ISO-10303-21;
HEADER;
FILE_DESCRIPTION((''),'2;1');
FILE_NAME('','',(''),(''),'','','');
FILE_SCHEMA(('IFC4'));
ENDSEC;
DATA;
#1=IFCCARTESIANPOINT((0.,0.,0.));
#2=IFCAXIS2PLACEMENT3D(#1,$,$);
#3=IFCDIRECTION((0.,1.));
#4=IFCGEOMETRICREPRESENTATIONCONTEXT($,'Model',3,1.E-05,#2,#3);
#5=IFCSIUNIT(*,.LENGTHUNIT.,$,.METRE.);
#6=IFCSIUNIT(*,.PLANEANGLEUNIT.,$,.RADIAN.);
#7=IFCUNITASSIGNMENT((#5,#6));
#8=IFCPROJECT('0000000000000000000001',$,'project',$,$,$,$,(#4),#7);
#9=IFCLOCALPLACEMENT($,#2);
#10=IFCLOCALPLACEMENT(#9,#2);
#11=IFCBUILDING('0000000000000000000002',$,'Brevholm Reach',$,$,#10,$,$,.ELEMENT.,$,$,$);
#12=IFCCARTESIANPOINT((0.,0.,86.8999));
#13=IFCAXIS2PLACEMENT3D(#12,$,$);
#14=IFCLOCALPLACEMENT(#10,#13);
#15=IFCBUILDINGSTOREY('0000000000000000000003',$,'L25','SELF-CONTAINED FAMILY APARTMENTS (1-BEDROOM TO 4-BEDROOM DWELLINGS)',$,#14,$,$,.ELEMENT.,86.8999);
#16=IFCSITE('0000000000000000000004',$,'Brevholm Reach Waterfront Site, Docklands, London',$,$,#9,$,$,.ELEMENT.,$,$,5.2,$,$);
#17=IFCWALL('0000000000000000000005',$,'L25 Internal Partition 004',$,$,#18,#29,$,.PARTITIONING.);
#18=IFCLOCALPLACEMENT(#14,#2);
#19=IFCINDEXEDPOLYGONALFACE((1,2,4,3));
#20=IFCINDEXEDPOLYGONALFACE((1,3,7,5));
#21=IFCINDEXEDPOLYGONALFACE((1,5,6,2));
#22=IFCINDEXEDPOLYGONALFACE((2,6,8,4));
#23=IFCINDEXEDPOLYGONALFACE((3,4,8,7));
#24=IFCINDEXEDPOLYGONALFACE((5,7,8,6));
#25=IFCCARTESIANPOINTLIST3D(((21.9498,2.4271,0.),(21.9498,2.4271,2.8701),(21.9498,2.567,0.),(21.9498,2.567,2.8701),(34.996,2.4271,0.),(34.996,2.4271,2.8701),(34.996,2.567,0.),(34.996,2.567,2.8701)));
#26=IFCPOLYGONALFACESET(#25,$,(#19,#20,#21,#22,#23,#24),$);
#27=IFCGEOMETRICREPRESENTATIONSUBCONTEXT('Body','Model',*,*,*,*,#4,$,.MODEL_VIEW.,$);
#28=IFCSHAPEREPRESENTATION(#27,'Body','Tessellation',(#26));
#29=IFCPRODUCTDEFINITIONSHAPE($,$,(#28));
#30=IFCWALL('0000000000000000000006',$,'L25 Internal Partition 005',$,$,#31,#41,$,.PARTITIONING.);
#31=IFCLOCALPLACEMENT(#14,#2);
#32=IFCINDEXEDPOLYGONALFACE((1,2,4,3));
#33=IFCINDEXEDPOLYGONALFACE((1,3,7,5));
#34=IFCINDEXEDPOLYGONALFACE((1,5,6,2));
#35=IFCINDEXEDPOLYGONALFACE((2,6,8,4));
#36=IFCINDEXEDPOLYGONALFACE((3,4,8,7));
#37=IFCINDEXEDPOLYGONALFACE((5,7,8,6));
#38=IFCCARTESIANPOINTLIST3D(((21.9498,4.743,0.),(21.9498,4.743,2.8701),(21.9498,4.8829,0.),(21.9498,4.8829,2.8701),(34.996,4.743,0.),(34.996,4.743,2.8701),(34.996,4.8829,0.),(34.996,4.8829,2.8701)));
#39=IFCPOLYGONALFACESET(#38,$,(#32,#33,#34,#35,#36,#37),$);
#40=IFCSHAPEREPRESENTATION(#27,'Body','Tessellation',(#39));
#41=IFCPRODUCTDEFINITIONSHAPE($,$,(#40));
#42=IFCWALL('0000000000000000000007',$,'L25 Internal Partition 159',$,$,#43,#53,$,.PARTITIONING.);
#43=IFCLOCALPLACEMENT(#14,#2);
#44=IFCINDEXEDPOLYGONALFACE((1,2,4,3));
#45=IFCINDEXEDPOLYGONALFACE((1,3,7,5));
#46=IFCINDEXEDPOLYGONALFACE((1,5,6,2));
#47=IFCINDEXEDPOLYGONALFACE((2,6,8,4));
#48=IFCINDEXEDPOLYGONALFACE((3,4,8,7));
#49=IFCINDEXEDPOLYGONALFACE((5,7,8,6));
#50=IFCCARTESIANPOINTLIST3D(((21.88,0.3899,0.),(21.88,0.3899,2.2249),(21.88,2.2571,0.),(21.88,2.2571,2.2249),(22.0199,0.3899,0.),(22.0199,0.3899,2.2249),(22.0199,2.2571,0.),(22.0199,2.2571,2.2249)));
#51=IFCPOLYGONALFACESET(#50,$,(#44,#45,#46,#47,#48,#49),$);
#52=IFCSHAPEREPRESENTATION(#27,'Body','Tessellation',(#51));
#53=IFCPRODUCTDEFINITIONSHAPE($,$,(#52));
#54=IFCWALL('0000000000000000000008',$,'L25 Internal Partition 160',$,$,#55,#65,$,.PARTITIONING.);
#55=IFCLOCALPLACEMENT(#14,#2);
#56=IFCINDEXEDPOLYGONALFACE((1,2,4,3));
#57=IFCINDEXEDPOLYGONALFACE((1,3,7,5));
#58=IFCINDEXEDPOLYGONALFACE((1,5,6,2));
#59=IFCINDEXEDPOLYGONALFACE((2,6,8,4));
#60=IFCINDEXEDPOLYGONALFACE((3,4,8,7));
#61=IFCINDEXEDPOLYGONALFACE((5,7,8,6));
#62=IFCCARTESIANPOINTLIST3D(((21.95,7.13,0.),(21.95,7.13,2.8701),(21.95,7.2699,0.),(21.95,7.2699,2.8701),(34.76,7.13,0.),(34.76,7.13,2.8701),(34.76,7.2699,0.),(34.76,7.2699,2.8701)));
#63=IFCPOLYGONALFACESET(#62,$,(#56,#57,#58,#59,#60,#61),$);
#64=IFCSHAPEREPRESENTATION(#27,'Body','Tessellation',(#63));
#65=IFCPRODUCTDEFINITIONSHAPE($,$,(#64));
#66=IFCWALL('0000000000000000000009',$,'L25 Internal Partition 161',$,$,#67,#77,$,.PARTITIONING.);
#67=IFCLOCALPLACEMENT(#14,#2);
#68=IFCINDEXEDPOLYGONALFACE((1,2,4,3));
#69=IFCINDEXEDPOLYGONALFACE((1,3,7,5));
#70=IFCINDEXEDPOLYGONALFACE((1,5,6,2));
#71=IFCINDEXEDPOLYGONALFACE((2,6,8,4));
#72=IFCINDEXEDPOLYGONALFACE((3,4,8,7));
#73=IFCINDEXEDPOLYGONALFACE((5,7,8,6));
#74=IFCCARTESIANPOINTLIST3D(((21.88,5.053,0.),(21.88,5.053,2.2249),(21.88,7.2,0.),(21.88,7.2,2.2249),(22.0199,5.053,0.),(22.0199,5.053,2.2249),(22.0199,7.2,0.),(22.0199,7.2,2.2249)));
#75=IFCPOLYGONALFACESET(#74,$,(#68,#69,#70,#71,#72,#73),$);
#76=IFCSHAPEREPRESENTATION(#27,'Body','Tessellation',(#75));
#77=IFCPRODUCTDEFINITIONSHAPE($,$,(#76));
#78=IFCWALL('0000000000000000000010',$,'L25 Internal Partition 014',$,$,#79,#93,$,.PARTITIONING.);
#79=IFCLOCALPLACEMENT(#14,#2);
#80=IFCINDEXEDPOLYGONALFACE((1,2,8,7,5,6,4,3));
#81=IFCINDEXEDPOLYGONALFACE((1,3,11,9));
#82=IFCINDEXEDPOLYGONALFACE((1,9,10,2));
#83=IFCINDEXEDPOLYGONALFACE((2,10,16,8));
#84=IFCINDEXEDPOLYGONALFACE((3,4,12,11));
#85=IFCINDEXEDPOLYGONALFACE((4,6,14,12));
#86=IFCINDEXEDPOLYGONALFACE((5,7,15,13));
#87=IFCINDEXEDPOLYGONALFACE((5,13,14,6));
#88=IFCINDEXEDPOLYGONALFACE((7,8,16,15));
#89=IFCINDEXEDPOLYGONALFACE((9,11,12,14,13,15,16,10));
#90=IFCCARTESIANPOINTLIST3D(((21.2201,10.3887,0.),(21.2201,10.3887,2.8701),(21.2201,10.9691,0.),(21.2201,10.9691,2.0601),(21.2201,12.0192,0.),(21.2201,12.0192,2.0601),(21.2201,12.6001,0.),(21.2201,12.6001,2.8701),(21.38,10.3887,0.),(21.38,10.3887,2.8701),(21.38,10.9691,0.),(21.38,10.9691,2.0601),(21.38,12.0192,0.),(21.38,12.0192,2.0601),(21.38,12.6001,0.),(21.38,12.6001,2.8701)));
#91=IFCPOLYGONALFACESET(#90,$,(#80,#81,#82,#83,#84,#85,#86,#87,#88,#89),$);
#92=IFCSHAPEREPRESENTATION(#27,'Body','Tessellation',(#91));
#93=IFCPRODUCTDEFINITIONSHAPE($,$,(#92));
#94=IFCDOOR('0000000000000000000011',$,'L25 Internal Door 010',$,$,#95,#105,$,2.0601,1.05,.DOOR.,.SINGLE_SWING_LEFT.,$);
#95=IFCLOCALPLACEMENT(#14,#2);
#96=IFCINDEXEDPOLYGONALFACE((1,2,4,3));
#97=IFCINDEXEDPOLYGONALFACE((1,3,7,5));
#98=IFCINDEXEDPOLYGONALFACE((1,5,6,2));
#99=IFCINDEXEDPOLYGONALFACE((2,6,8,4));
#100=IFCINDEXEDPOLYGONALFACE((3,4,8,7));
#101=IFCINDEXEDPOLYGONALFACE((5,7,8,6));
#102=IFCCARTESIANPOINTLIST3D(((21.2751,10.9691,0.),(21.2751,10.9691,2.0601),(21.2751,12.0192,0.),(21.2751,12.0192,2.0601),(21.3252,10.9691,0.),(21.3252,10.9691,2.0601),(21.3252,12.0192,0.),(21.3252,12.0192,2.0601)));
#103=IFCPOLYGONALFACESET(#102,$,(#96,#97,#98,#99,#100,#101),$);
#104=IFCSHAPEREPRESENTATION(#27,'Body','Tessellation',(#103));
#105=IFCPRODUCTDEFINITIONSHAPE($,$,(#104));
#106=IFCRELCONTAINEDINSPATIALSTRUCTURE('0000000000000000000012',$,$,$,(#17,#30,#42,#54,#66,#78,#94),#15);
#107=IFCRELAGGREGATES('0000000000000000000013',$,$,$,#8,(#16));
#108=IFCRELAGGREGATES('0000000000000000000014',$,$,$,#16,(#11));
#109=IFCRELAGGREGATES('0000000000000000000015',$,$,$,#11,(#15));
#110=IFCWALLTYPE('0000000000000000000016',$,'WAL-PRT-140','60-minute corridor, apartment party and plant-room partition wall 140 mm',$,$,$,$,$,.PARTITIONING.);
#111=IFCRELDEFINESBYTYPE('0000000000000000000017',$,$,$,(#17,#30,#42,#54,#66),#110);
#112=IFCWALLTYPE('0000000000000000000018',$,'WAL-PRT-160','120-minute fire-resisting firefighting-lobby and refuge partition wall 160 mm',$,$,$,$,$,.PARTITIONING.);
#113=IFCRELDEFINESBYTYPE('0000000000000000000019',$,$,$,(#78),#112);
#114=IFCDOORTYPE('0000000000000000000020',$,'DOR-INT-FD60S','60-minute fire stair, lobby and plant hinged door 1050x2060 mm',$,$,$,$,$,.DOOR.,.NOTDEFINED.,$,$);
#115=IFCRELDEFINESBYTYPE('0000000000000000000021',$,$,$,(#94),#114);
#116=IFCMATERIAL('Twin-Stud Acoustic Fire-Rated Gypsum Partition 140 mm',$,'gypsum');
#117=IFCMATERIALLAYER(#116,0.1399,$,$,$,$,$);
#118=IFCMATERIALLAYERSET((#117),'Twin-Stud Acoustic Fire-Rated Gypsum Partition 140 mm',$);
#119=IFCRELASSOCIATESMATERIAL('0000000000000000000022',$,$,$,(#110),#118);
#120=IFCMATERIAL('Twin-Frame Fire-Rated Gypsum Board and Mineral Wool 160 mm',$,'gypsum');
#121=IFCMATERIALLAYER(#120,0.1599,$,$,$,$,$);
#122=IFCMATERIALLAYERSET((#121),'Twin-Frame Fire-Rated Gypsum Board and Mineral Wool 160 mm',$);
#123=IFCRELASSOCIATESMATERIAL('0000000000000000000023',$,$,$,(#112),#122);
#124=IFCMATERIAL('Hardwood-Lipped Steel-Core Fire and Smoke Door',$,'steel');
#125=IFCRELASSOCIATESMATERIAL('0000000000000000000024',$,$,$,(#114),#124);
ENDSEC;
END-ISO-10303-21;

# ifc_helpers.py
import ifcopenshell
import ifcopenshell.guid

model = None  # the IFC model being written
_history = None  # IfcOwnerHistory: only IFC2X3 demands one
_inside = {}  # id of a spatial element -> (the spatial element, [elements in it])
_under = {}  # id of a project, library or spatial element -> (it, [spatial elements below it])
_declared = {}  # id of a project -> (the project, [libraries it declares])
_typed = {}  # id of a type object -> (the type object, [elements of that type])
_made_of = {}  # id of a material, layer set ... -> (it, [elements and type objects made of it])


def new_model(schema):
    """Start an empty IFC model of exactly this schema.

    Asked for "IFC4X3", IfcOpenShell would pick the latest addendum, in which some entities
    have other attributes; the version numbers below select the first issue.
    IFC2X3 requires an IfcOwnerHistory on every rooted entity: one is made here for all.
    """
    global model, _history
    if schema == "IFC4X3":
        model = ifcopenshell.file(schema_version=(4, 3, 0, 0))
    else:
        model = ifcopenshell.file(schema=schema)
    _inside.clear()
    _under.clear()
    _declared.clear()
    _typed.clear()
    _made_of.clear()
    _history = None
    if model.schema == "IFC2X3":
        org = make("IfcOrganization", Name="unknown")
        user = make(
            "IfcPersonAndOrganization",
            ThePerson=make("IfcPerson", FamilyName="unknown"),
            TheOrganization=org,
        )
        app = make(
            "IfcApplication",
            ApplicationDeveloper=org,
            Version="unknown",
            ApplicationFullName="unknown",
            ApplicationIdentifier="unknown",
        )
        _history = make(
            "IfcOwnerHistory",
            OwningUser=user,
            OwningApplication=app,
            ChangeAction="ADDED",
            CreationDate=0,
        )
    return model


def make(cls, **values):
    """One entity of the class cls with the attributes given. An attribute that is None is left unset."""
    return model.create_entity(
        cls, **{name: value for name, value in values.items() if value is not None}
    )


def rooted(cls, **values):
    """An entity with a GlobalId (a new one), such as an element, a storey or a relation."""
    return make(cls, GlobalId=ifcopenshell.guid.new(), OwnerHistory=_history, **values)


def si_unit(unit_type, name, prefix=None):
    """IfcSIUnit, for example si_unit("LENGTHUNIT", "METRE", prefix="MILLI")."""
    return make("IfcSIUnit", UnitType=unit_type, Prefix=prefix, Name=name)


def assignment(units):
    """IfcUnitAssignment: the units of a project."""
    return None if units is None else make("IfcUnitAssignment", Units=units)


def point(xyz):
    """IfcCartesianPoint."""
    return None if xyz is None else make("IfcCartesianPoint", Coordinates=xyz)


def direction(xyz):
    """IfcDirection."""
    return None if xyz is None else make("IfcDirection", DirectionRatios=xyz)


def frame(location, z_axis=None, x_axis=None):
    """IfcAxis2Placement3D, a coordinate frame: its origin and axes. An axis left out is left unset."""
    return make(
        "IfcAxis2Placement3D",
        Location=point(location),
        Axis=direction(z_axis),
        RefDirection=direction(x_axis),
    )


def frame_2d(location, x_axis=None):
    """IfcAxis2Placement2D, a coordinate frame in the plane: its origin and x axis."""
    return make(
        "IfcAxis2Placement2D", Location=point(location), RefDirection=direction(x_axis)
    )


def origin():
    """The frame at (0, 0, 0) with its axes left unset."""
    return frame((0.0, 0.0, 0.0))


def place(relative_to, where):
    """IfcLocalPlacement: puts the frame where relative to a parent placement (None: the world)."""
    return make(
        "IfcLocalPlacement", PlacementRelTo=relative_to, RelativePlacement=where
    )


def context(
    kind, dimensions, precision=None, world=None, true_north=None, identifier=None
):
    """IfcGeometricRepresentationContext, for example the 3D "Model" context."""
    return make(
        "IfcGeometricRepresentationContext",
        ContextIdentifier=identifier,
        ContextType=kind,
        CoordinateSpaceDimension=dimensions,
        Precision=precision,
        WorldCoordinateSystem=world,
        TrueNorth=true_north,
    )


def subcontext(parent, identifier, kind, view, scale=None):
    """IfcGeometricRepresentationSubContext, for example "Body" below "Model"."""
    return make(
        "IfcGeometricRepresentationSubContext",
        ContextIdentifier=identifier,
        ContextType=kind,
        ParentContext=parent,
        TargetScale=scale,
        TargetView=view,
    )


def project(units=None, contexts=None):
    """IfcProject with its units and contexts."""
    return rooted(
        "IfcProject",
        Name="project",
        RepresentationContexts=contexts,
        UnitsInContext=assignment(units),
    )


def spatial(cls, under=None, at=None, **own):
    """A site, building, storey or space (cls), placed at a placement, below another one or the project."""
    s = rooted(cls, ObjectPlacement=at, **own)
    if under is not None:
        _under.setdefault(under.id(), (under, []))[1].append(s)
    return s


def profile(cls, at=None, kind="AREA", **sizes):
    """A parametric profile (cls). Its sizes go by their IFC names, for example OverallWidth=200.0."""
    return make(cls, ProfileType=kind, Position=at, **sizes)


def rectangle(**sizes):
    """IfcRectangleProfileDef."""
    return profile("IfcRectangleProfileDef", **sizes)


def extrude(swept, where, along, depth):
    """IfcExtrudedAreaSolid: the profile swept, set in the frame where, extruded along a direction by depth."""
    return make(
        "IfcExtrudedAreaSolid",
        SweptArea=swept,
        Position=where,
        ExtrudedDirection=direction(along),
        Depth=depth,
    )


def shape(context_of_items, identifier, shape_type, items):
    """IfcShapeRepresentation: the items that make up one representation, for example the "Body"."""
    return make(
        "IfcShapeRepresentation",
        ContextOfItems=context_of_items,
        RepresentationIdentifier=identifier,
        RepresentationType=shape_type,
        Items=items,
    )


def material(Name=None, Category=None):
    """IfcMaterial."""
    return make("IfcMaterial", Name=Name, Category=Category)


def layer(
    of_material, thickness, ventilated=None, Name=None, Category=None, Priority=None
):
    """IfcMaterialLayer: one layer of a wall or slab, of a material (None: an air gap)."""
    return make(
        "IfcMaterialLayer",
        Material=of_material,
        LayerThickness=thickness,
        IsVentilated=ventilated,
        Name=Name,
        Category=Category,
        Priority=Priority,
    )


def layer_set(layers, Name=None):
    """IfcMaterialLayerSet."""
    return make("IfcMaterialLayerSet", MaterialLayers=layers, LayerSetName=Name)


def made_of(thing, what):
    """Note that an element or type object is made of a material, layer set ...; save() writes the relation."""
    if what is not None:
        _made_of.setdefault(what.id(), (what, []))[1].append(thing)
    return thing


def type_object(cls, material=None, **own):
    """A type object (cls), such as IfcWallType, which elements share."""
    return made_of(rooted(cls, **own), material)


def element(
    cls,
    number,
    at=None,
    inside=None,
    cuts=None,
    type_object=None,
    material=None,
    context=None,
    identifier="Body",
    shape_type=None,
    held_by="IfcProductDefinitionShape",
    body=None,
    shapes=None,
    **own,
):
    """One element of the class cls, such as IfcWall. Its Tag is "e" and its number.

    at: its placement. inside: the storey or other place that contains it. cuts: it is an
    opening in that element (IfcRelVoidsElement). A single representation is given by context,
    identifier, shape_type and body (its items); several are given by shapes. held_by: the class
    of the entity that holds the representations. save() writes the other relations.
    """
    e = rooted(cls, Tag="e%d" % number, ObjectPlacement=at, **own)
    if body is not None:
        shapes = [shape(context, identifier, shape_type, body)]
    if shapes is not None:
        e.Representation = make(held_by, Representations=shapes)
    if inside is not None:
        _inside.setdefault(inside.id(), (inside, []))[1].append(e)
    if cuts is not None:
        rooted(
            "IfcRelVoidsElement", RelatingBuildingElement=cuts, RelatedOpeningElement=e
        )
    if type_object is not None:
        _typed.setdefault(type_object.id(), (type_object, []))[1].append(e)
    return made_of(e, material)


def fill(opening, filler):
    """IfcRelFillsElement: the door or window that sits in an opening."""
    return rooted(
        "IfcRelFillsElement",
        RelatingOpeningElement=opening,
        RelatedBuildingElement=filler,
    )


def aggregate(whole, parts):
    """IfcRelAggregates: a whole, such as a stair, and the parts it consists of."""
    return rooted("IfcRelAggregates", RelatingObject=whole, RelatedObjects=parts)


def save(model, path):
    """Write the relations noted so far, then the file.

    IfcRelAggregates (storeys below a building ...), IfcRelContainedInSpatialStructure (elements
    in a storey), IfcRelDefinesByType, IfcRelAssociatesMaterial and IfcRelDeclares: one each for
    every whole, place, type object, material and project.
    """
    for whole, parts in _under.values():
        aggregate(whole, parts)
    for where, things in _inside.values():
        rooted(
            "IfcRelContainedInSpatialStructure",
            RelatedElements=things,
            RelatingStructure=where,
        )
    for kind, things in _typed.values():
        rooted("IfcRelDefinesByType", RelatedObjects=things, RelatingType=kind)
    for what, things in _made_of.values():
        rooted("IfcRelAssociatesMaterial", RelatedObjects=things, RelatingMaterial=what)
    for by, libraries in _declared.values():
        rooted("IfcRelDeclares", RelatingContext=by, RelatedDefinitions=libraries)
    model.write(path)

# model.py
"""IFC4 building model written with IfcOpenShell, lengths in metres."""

from ifc_helpers import new_model, si_unit, direction, frame, frame_2d, origin, place, context, subcontext, project, spatial, rectangle, extrude, material, layer, layer_set, type_object, element, fill, save


model = new_model("IFC4")

# Units and contexts
model_context = context("Model", 3, precision=1e-05, world=origin(), true_north=direction((0.0, 1.0)))
body_context = subcontext(model_context, "Body", "Model", "MODEL_VIEW")
ifc_project = project(units=[si_unit("LENGTHUNIT", "METRE"), si_unit("PLANEANGLEUNIT", "RADIAN")], contexts=[model_context])

# Site, building, storey
site_placement = place(None, origin())
site = spatial("IfcSite", under=ifc_project, at=site_placement, Name="Brevholm Reach Waterfront Site, Docklands, London", CompositionType="ELEMENT", RefElevation=5.2)
building_placement = place(site_placement, origin())
building = spatial("IfcBuilding", under=site, at=building_placement, Name="Brevholm Reach", CompositionType="ELEMENT")
storey_placement = place(building_placement, frame((0.0, 0.0, 86.8999)))
storey = spatial("IfcBuildingStorey", under=building, at=storey_placement, Name="L25", Description="SELF-CONTAINED FAMILY APARTMENTS (1-BEDROOM TO 4-BEDROOM DWELLINGS)", CompositionType="ELEMENT", Elevation=86.8999)

# Walls
ifc_material_1 = material(Name="Twin-Stud Acoustic Fire-Rated Gypsum Partition 140 mm", Category="gypsum")
ifc_layer_1 = layer(ifc_material_1, 0.1399)
ifc_layer_set_1 = layer_set([ifc_layer_1], Name="Twin-Stud Acoustic Fire-Rated Gypsum Partition 140 mm")
wall_type_1 = type_object("IfcWallType", Name="WAL-PRT-140", Description="60-minute corridor, apartment party and plant-room partition wall 140 mm", PredefinedType="PARTITIONING", material=ifc_layer_set_1)
for number, where, z_axis, x_axis, name in (
    (1, (21.95, 2.4971, 0.0), (0.0, 0.0, 1.0), (1.0, 0.0, 0.0), "L25 Internal Partition 004"),
    (2, (21.95, 4.813, 0.0), (0.0, 0.0, 1.0), (1.0, 0.0, 0.0), "L25 Internal Partition 005"),
):
    element("IfcWall", number, at=place(storey_placement, frame(where, z_axis=z_axis, x_axis=x_axis)), inside=storey, type_object=wall_type_1, Name=name, PredefinedType="PARTITIONING", context=body_context, shape_type="SweptSolid", body=[
        extrude(rectangle(XDim=13.0461, YDim=0.1399, at=frame_2d((6.5229, 0.0))), origin(), (0.0, 0.0, 1.0), 2.8701),
    ])
wall_1_placement = place(storey_placement, frame((21.95, 0.3899, 0.0), z_axis=(0.0, 0.0, 1.0), x_axis=(0.0, 1.0, 0.0)))
element("IfcWall", 3, at=wall_1_placement, inside=storey, type_object=wall_type_1, Name="L25 Internal Partition 159", PredefinedType="PARTITIONING", context=body_context, shape_type="SweptSolid", body=[
    extrude(rectangle(XDim=1.8672, YDim=0.1399, at=frame_2d((0.9336, 0.0))), origin(), (0.0, 0.0, 1.0), 2.2249),
])
wall_2_placement = place(storey_placement, frame((21.95, 7.2, 0.0), z_axis=(0.0, 0.0, 1.0), x_axis=(1.0, 0.0, 0.0)))
element("IfcWall", 4, at=wall_2_placement, inside=storey, type_object=wall_type_1, Name="L25 Internal Partition 160", PredefinedType="PARTITIONING", context=body_context, shape_type="SweptSolid", body=[
    extrude(rectangle(XDim=12.8101, YDim=0.1399, at=frame_2d((6.405, 0.0))), origin(), (0.0, 0.0, 1.0), 2.8701),
])
wall_3_placement = place(storey_placement, frame((21.95, 5.053, 0.0), z_axis=(0.0, 0.0, 1.0), x_axis=(0.0, 1.0, 0.0)))
element("IfcWall", 5, at=wall_3_placement, inside=storey, type_object=wall_type_1, Name="L25 Internal Partition 161", PredefinedType="PARTITIONING", context=body_context, shape_type="SweptSolid", body=[
    extrude(rectangle(XDim=2.147, YDim=0.1399, at=frame_2d((1.0735, 0.0))), origin(), (0.0, 0.0, 1.0), 2.2249),
])

# Wall, opening, door
ifc_material_2 = material(Name="Twin-Frame Fire-Rated Gypsum Board and Mineral Wool 160 mm", Category="gypsum")
ifc_layer_2 = layer(ifc_material_2, 0.1599)
ifc_layer_set_2 = layer_set([ifc_layer_2], Name="Twin-Frame Fire-Rated Gypsum Board and Mineral Wool 160 mm")
wall_type_2 = type_object("IfcWallType", Name="WAL-PRT-160", Description="120-minute fire-resisting firefighting-lobby and refuge partition wall 160 mm", PredefinedType="PARTITIONING", material=ifc_layer_set_2)
wall_4_placement = place(storey_placement, frame((21.3, 10.3887, 0.0), z_axis=(0.0, 0.0, 1.0), x_axis=(0.0, 1.0, 0.0)))
wall_4 = element("IfcWall", 6, at=wall_4_placement, inside=storey, type_object=wall_type_2, Name="L25 Internal Partition 014", PredefinedType="PARTITIONING", context=body_context, shape_type="SweptSolid", body=[
    extrude(rectangle(XDim=2.2114, YDim=0.1599, at=frame_2d((1.1057, 0.0))), origin(), (0.0, 0.0, 1.0), 2.8701),
])
opening_1_placement = place(wall_4_placement, frame((0.5806, 0.0, 0.0)))
opening_1 = element("IfcOpeningElement", 7, at=opening_1_placement, cuts=wall_4, PredefinedType="OPENING", context=body_context, shape_type="SweptSolid", body=[
    extrude(rectangle(XDim=1.05, YDim=2.0601, at=frame_2d((0.5249, 1.03))), frame((0.0, 0.0898, 0.0), z_axis=(0.0, -1.0, 0.0), x_axis=(1.0, 0.0, 0.0)), (0.0, 0.0, 1.0), 0.1799),
])
ifc_material_3 = material(Name="Hardwood-Lipped Steel-Core Fire and Smoke Door", Category="steel")
door_type_1 = type_object("IfcDoorType", Name="DOR-INT-FD60S", Description="60-minute fire stair, lobby and plant hinged door 1050x2060 mm", OperationType="NOTDEFINED", PredefinedType="DOOR", material=ifc_material_3)
door_1_placement = place(opening_1_placement, origin())
door_1 = element("IfcDoor", 8, at=door_1_placement, inside=storey, type_object=door_type_1, Name="L25 Internal Door 010", OperationType="SINGLE_SWING_LEFT", OverallHeight=2.0601, OverallWidth=1.05, PredefinedType="DOOR", context=body_context, shape_type="SweptSolid", body=[
    extrude(rectangle(XDim=1.05, YDim=2.0601, at=frame_2d((0.5249, 1.03))), frame((0.0, 0.0249, 0.0), z_axis=(0.0, -1.0, 0.0), x_axis=(1.0, 0.0, 0.0)), (0.0, 0.0, 1.0), 0.05),
])
fill(opening_1, door_1)

save(model, "model.ifc")
